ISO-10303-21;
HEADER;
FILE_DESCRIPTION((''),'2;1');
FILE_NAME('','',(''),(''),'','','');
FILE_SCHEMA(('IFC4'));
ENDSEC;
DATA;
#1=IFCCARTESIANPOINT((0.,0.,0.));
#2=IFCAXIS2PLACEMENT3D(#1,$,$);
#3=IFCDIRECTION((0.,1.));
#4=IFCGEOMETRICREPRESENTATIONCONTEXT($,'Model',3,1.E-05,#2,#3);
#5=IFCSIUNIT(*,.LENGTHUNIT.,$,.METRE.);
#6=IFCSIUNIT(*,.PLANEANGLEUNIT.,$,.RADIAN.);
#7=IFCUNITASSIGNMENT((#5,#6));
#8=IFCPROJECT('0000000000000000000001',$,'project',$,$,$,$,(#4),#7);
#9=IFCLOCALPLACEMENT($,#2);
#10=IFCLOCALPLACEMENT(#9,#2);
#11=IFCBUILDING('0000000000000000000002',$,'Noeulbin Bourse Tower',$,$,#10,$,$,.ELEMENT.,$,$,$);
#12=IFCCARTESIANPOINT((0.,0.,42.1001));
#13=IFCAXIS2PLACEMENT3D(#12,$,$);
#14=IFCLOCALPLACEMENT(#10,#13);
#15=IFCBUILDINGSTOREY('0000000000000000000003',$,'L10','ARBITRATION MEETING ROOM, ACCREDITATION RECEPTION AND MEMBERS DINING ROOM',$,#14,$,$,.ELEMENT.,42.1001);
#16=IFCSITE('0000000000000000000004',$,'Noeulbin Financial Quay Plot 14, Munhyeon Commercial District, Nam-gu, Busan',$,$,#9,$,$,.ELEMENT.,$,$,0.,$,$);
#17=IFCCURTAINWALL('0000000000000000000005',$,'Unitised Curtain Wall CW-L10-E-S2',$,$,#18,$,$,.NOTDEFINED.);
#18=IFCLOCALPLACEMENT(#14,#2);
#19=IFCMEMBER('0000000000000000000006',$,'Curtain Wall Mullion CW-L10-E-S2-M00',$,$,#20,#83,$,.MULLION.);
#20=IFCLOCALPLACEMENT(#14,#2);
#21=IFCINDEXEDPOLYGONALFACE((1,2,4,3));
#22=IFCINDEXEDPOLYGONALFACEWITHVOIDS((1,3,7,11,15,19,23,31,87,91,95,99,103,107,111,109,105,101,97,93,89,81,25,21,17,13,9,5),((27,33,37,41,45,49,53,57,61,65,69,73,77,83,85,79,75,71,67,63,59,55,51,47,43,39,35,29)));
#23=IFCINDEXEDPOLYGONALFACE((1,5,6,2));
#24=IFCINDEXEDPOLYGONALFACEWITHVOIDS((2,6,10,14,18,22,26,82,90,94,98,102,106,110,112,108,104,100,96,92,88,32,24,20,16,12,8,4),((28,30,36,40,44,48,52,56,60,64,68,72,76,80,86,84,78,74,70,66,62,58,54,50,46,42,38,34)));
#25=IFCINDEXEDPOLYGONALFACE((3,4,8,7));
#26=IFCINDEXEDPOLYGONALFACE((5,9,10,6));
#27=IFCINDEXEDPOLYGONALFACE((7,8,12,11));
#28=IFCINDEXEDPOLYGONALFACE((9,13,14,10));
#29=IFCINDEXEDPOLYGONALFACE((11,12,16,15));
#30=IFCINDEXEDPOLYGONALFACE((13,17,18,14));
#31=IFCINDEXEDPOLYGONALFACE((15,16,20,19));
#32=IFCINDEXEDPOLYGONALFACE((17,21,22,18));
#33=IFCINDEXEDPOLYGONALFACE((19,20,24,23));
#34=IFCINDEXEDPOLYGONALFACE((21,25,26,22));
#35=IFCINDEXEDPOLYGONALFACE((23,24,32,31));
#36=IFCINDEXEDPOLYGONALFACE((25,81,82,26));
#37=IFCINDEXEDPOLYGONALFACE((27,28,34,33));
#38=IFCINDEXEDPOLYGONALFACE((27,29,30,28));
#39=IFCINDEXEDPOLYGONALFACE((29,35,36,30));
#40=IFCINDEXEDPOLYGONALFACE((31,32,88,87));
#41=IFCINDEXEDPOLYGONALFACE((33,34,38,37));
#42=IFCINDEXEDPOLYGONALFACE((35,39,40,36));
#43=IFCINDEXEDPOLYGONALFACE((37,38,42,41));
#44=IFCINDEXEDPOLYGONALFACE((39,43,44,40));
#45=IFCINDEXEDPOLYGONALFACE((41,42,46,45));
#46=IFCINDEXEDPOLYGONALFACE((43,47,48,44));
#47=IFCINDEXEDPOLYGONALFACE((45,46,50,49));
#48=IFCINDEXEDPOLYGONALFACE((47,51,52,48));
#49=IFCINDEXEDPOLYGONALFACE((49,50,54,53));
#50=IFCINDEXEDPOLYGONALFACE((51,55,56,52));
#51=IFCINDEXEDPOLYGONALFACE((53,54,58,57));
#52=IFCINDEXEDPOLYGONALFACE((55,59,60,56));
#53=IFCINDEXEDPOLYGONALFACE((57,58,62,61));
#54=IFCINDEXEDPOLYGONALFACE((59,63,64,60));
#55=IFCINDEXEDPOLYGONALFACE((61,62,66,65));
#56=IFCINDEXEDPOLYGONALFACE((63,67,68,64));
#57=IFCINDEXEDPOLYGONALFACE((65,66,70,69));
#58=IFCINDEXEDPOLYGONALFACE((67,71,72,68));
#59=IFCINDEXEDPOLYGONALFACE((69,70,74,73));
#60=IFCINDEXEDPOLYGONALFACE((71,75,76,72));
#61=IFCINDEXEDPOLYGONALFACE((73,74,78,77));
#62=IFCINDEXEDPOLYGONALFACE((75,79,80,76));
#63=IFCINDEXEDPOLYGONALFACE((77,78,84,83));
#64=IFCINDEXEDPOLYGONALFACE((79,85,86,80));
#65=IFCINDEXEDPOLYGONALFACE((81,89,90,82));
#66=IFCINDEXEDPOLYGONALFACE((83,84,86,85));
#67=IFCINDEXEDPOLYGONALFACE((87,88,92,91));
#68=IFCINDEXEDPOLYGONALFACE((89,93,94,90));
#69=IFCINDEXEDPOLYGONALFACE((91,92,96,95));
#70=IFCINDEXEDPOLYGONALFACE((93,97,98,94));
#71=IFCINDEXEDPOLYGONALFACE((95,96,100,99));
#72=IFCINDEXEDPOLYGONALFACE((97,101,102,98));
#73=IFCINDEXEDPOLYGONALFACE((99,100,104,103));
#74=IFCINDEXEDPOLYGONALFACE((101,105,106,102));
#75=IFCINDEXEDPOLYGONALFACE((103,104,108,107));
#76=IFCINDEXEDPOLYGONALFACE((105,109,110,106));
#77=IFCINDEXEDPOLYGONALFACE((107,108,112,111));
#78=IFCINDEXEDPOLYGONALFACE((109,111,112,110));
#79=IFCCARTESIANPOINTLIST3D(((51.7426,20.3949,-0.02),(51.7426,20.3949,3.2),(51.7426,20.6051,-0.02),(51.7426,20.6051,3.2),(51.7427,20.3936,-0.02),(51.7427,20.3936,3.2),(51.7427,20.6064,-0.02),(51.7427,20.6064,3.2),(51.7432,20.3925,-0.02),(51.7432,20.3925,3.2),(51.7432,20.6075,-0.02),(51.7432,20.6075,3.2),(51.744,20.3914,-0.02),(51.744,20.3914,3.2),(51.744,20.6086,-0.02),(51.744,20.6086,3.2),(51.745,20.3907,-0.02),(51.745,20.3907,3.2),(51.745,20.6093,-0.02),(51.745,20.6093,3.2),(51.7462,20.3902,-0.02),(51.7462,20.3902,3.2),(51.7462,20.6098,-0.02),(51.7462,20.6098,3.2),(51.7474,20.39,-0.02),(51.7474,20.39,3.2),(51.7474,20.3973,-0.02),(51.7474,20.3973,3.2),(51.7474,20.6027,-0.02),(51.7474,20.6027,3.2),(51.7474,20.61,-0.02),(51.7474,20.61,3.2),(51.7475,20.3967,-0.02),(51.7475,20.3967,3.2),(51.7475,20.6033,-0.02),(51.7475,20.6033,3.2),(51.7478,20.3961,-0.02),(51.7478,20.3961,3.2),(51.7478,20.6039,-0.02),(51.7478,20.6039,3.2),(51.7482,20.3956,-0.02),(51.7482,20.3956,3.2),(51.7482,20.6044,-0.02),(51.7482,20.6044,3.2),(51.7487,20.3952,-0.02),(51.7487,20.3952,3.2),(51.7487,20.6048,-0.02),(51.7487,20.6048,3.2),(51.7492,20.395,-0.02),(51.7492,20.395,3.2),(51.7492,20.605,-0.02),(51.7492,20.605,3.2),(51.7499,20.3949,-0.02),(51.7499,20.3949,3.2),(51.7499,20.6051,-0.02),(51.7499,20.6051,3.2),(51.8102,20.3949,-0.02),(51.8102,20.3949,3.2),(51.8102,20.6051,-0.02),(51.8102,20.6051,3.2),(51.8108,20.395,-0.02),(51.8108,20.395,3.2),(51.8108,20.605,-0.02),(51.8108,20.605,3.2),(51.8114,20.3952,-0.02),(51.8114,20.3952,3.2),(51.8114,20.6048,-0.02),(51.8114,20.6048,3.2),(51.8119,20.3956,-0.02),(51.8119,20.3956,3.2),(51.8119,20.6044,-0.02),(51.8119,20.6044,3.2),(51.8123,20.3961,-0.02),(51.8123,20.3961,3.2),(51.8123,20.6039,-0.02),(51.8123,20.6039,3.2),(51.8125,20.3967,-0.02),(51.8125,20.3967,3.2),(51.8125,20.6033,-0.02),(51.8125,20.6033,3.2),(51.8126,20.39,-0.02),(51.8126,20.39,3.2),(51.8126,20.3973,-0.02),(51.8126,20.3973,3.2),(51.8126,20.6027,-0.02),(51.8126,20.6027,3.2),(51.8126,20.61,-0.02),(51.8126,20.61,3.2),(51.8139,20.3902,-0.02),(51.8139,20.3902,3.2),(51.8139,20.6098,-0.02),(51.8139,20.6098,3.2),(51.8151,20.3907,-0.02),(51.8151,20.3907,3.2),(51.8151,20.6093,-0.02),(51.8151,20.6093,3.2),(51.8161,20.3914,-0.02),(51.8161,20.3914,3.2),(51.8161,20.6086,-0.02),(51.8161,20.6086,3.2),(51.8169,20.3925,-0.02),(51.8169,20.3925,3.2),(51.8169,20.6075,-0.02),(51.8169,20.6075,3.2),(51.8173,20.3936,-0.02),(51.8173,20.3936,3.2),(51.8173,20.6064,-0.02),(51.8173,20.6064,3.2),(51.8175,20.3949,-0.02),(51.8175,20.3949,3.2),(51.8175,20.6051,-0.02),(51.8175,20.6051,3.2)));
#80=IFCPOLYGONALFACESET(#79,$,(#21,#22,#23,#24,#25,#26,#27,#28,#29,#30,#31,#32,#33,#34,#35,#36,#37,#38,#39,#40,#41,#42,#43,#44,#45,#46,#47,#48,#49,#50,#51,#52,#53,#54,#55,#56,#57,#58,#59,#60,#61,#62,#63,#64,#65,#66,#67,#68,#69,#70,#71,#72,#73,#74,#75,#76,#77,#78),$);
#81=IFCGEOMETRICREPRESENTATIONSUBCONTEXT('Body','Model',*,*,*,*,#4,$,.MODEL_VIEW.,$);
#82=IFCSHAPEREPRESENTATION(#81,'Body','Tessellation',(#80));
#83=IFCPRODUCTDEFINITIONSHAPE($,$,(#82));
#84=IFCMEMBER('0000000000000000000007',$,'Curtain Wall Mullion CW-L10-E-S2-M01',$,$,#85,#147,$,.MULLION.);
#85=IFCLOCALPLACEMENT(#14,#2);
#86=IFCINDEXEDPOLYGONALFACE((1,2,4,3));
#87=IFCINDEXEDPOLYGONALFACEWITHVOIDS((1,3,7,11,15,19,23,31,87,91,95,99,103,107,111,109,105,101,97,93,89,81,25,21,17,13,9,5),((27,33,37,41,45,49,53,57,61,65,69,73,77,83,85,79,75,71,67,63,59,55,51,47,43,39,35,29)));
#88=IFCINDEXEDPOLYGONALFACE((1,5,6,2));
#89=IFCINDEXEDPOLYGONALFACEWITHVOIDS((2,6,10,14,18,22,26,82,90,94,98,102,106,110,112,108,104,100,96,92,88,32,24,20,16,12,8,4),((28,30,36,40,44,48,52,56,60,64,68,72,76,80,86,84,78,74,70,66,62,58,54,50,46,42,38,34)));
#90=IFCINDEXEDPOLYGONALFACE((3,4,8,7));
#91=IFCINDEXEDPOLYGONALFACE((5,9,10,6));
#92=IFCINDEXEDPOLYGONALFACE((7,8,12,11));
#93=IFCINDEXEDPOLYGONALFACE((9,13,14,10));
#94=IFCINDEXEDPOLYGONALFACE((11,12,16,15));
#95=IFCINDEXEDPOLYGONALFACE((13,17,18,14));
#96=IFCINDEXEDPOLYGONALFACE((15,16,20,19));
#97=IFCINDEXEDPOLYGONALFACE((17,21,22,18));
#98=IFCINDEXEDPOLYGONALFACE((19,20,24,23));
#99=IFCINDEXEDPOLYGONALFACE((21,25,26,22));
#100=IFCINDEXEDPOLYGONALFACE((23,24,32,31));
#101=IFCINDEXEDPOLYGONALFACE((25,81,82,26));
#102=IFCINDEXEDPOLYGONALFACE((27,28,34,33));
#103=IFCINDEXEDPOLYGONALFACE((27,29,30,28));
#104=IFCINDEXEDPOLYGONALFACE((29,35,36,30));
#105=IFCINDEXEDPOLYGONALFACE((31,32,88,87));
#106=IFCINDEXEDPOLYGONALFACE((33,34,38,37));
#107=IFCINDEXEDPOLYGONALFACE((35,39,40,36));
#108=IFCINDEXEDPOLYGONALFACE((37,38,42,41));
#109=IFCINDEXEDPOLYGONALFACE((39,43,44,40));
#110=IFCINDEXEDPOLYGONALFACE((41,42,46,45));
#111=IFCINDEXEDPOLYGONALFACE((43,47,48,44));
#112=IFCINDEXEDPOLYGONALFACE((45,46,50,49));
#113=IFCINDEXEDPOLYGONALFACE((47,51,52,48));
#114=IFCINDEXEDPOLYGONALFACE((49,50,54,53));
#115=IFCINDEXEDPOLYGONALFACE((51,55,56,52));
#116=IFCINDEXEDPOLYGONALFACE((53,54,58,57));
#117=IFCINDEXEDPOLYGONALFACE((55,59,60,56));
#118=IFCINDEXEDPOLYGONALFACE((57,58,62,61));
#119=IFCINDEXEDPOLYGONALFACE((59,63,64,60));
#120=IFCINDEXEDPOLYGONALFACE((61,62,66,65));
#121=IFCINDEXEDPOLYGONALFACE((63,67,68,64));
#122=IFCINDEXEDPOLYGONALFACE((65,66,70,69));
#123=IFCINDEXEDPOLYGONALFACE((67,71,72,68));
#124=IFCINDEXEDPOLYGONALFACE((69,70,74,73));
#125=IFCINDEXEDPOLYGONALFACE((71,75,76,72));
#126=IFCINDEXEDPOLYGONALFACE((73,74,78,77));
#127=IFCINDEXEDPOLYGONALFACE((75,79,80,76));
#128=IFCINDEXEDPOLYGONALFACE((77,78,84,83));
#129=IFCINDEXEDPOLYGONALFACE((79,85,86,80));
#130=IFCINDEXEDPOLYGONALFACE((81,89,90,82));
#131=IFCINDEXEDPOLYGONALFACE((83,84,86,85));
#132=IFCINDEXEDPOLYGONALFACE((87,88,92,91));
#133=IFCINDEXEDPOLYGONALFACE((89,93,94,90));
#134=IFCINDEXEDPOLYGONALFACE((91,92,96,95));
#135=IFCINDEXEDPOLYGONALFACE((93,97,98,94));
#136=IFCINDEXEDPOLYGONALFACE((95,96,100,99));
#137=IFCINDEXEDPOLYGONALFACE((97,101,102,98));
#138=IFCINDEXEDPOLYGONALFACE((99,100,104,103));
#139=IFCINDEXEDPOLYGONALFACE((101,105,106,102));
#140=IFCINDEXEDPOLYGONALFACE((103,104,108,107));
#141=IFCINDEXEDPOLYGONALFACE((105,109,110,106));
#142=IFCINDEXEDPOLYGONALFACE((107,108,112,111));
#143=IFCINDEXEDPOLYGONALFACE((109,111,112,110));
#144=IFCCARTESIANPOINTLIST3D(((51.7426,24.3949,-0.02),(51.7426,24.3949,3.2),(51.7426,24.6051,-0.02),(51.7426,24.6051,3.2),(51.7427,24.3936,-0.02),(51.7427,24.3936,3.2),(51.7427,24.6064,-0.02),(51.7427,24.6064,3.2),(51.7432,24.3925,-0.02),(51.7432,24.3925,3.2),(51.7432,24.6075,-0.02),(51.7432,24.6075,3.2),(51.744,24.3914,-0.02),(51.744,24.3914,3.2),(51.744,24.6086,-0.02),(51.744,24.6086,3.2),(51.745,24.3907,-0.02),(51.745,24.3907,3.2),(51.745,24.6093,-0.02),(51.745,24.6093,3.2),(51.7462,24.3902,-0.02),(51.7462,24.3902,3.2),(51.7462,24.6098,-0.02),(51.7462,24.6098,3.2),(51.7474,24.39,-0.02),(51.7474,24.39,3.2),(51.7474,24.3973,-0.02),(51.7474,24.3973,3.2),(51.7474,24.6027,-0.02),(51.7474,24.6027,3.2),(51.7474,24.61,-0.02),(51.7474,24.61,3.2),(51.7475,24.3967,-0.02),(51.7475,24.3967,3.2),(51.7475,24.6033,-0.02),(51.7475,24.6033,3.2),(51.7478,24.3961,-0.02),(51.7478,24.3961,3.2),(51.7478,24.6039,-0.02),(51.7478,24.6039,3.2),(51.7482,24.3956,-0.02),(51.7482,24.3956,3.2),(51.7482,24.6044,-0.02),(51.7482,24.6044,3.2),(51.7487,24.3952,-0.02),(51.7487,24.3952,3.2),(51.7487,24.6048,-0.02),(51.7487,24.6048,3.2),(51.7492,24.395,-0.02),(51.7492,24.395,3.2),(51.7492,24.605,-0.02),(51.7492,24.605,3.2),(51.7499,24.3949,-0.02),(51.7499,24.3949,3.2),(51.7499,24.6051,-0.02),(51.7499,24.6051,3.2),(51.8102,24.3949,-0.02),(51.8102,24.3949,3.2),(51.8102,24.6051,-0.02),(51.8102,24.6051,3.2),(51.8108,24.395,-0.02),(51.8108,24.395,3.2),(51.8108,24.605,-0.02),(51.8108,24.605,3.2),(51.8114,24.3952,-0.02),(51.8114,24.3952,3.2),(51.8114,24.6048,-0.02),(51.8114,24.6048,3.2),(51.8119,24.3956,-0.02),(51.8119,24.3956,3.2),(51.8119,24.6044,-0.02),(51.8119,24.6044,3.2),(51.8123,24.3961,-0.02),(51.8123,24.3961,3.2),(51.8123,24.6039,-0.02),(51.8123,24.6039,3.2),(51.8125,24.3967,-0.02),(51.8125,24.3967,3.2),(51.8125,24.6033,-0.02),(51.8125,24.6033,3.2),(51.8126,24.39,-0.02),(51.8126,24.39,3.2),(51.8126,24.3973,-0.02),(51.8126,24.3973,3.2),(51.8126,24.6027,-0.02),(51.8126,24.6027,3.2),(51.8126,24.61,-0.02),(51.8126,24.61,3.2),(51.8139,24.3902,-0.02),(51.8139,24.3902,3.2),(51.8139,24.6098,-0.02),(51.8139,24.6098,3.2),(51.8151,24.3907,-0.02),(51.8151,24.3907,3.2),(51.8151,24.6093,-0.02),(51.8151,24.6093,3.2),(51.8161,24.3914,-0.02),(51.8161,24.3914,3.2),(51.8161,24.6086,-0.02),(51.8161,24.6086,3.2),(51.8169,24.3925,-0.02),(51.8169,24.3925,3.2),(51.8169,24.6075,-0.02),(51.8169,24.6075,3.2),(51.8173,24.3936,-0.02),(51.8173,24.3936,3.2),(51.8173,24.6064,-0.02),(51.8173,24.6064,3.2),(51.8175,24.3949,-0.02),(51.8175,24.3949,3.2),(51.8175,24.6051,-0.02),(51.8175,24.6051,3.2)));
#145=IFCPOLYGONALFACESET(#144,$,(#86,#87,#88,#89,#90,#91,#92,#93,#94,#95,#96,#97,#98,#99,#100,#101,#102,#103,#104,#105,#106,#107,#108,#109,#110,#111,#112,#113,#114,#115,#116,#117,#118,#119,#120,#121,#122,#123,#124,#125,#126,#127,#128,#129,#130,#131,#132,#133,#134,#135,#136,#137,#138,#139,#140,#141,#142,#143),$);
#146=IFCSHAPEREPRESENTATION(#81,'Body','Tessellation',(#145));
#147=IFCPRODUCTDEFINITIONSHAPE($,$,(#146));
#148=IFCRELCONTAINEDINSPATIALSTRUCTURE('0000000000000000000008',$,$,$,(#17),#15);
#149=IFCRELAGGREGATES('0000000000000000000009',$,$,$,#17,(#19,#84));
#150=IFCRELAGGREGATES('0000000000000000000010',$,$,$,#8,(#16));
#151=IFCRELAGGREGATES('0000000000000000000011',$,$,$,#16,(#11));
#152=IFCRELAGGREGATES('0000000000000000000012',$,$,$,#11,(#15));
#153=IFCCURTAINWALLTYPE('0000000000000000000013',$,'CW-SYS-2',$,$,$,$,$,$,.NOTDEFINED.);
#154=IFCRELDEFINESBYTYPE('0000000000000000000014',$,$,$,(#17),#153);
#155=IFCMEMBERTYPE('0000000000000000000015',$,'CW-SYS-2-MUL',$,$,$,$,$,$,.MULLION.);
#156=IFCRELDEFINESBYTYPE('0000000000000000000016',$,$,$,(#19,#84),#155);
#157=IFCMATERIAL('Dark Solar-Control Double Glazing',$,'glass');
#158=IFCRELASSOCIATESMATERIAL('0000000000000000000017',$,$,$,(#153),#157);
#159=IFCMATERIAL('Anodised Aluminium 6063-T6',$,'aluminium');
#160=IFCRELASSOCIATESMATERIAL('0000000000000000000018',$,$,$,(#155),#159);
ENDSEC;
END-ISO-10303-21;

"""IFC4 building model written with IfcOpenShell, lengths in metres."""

from ifc_helpers import new_model, si_unit, direction, frame, origin, origin_2d, place, context, subcontext, project, spatial, hollow_rectangle, extrude, material, material_profile, profile_set, type_object, element, aggregate, save


model = new_model("IFC4")

# Units and contexts
model_context = context("Model", 3, precision=1e-05, world=origin(), true_north=direction((0.0, 1.0)))
body_context = subcontext(model_context, "Body", "Model", "MODEL_VIEW")
ifc_project = project(units=[si_unit("LENGTHUNIT", "METRE"), si_unit("PLANEANGLEUNIT", "RADIAN")], contexts=[model_context])

# Site, building, storey
site_placement = place(None, origin())
site = spatial("IfcSite", under=ifc_project, at=site_placement, Name="Noeulbin Financial Quay Plot 14, Munhyeon Commercial District, Nam-gu, Busan", CompositionType="ELEMENT", RefElevation=0.0)
building_placement = place(site_placement, origin())
building = spatial("IfcBuilding", under=site, at=building_placement, Name="Noeulbin Bourse Tower", CompositionType="ELEMENT")
storey_placement = place(building_placement, frame((0.0, 0.0, 42.1001)))
storey = spatial("IfcBuildingStorey", under=building, at=storey_placement, Name="L10", Description="ARBITRATION MEETING ROOM, ACCREDITATION RECEPTION AND MEMBERS DINING ROOM", CompositionType="ELEMENT", Elevation=42.1001)

# Curtain wall, members
ifc_material_1 = material(Name="Dark Solar-Control Double Glazing", Category="glass")
curtain_wall_type = type_object("IfcCurtainWallType", Name="CW-SYS-2", PredefinedType="NOTDEFINED", material=ifc_material_1)
ifc_material_2 = material(Name="Anodised Aluminium 6063-T6", Category="aluminium")
ifc_material_profile_1 = material_profile(ifc_material_2, hollow_rectangle(XDim=0.075, YDim=0.22, WallThickness=0.0049, InnerFilletRadius=0.0024, OuterFilletRadius=0.0049, at=origin_2d()), Name="ALU-MULL-75x220x5", Category="LoadBearing")
ifc_profile_set_1 = profile_set([ifc_material_profile_1], Name="Anodised Aluminium 6063-T6")
member_type_1 = type_object("IfcMemberType", Name="CW-SYS-2-MUL", PredefinedType="MULLION", material=ifc_profile_set_1)
curtain_wall_1_placement = place(storey_placement, origin())
curtain_wall_1 = element("IfcCurtainWall", 1, at=curtain_wall_1_placement, inside=storey, type_object=curtain_wall_type, Name="Unitised Curtain Wall CW-L10-E-S2", PredefinedType="NOTDEFINED")
member_1_placement = place(storey_placement, frame((51.78, 20.5, -0.02), z_axis=(0.0, 0.0, 1.0), x_axis=(1.0, 0.0, 0.0)))
member_1 = element("IfcMember", 2, at=member_1_placement, type_object=member_type_1, Name="Curtain Wall Mullion CW-L10-E-S2-M00", PredefinedType="MULLION", context=body_context, shape_type="SweptSolid", body=[
    extrude(hollow_rectangle(XDim=0.075, YDim=0.22, WallThickness=0.0049, InnerFilletRadius=0.0024, OuterFilletRadius=0.0049, at=origin_2d()), origin(), (0.0, 0.0, 1.0), 3.22),
])
member_2_placement = place(storey_placement, frame((51.78, 24.5, -0.02), z_axis=(0.0, 0.0, 1.0), x_axis=(1.0, 0.0, 0.0)))
member_2 = element("IfcMember", 3, at=member_2_placement, type_object=member_type_1, Name="Curtain Wall Mullion CW-L10-E-S2-M01", PredefinedType="MULLION", context=body_context, shape_type="SweptSolid", body=[
    extrude(hollow_rectangle(XDim=0.075, YDim=0.22, WallThickness=0.0049, InnerFilletRadius=0.0024, OuterFilletRadius=0.0049, at=origin_2d()), origin(), (0.0, 0.0, 1.0), 3.22),
])

aggregate(curtain_wall_1, [member_1, member_2])

save(model, "model.ifc")
